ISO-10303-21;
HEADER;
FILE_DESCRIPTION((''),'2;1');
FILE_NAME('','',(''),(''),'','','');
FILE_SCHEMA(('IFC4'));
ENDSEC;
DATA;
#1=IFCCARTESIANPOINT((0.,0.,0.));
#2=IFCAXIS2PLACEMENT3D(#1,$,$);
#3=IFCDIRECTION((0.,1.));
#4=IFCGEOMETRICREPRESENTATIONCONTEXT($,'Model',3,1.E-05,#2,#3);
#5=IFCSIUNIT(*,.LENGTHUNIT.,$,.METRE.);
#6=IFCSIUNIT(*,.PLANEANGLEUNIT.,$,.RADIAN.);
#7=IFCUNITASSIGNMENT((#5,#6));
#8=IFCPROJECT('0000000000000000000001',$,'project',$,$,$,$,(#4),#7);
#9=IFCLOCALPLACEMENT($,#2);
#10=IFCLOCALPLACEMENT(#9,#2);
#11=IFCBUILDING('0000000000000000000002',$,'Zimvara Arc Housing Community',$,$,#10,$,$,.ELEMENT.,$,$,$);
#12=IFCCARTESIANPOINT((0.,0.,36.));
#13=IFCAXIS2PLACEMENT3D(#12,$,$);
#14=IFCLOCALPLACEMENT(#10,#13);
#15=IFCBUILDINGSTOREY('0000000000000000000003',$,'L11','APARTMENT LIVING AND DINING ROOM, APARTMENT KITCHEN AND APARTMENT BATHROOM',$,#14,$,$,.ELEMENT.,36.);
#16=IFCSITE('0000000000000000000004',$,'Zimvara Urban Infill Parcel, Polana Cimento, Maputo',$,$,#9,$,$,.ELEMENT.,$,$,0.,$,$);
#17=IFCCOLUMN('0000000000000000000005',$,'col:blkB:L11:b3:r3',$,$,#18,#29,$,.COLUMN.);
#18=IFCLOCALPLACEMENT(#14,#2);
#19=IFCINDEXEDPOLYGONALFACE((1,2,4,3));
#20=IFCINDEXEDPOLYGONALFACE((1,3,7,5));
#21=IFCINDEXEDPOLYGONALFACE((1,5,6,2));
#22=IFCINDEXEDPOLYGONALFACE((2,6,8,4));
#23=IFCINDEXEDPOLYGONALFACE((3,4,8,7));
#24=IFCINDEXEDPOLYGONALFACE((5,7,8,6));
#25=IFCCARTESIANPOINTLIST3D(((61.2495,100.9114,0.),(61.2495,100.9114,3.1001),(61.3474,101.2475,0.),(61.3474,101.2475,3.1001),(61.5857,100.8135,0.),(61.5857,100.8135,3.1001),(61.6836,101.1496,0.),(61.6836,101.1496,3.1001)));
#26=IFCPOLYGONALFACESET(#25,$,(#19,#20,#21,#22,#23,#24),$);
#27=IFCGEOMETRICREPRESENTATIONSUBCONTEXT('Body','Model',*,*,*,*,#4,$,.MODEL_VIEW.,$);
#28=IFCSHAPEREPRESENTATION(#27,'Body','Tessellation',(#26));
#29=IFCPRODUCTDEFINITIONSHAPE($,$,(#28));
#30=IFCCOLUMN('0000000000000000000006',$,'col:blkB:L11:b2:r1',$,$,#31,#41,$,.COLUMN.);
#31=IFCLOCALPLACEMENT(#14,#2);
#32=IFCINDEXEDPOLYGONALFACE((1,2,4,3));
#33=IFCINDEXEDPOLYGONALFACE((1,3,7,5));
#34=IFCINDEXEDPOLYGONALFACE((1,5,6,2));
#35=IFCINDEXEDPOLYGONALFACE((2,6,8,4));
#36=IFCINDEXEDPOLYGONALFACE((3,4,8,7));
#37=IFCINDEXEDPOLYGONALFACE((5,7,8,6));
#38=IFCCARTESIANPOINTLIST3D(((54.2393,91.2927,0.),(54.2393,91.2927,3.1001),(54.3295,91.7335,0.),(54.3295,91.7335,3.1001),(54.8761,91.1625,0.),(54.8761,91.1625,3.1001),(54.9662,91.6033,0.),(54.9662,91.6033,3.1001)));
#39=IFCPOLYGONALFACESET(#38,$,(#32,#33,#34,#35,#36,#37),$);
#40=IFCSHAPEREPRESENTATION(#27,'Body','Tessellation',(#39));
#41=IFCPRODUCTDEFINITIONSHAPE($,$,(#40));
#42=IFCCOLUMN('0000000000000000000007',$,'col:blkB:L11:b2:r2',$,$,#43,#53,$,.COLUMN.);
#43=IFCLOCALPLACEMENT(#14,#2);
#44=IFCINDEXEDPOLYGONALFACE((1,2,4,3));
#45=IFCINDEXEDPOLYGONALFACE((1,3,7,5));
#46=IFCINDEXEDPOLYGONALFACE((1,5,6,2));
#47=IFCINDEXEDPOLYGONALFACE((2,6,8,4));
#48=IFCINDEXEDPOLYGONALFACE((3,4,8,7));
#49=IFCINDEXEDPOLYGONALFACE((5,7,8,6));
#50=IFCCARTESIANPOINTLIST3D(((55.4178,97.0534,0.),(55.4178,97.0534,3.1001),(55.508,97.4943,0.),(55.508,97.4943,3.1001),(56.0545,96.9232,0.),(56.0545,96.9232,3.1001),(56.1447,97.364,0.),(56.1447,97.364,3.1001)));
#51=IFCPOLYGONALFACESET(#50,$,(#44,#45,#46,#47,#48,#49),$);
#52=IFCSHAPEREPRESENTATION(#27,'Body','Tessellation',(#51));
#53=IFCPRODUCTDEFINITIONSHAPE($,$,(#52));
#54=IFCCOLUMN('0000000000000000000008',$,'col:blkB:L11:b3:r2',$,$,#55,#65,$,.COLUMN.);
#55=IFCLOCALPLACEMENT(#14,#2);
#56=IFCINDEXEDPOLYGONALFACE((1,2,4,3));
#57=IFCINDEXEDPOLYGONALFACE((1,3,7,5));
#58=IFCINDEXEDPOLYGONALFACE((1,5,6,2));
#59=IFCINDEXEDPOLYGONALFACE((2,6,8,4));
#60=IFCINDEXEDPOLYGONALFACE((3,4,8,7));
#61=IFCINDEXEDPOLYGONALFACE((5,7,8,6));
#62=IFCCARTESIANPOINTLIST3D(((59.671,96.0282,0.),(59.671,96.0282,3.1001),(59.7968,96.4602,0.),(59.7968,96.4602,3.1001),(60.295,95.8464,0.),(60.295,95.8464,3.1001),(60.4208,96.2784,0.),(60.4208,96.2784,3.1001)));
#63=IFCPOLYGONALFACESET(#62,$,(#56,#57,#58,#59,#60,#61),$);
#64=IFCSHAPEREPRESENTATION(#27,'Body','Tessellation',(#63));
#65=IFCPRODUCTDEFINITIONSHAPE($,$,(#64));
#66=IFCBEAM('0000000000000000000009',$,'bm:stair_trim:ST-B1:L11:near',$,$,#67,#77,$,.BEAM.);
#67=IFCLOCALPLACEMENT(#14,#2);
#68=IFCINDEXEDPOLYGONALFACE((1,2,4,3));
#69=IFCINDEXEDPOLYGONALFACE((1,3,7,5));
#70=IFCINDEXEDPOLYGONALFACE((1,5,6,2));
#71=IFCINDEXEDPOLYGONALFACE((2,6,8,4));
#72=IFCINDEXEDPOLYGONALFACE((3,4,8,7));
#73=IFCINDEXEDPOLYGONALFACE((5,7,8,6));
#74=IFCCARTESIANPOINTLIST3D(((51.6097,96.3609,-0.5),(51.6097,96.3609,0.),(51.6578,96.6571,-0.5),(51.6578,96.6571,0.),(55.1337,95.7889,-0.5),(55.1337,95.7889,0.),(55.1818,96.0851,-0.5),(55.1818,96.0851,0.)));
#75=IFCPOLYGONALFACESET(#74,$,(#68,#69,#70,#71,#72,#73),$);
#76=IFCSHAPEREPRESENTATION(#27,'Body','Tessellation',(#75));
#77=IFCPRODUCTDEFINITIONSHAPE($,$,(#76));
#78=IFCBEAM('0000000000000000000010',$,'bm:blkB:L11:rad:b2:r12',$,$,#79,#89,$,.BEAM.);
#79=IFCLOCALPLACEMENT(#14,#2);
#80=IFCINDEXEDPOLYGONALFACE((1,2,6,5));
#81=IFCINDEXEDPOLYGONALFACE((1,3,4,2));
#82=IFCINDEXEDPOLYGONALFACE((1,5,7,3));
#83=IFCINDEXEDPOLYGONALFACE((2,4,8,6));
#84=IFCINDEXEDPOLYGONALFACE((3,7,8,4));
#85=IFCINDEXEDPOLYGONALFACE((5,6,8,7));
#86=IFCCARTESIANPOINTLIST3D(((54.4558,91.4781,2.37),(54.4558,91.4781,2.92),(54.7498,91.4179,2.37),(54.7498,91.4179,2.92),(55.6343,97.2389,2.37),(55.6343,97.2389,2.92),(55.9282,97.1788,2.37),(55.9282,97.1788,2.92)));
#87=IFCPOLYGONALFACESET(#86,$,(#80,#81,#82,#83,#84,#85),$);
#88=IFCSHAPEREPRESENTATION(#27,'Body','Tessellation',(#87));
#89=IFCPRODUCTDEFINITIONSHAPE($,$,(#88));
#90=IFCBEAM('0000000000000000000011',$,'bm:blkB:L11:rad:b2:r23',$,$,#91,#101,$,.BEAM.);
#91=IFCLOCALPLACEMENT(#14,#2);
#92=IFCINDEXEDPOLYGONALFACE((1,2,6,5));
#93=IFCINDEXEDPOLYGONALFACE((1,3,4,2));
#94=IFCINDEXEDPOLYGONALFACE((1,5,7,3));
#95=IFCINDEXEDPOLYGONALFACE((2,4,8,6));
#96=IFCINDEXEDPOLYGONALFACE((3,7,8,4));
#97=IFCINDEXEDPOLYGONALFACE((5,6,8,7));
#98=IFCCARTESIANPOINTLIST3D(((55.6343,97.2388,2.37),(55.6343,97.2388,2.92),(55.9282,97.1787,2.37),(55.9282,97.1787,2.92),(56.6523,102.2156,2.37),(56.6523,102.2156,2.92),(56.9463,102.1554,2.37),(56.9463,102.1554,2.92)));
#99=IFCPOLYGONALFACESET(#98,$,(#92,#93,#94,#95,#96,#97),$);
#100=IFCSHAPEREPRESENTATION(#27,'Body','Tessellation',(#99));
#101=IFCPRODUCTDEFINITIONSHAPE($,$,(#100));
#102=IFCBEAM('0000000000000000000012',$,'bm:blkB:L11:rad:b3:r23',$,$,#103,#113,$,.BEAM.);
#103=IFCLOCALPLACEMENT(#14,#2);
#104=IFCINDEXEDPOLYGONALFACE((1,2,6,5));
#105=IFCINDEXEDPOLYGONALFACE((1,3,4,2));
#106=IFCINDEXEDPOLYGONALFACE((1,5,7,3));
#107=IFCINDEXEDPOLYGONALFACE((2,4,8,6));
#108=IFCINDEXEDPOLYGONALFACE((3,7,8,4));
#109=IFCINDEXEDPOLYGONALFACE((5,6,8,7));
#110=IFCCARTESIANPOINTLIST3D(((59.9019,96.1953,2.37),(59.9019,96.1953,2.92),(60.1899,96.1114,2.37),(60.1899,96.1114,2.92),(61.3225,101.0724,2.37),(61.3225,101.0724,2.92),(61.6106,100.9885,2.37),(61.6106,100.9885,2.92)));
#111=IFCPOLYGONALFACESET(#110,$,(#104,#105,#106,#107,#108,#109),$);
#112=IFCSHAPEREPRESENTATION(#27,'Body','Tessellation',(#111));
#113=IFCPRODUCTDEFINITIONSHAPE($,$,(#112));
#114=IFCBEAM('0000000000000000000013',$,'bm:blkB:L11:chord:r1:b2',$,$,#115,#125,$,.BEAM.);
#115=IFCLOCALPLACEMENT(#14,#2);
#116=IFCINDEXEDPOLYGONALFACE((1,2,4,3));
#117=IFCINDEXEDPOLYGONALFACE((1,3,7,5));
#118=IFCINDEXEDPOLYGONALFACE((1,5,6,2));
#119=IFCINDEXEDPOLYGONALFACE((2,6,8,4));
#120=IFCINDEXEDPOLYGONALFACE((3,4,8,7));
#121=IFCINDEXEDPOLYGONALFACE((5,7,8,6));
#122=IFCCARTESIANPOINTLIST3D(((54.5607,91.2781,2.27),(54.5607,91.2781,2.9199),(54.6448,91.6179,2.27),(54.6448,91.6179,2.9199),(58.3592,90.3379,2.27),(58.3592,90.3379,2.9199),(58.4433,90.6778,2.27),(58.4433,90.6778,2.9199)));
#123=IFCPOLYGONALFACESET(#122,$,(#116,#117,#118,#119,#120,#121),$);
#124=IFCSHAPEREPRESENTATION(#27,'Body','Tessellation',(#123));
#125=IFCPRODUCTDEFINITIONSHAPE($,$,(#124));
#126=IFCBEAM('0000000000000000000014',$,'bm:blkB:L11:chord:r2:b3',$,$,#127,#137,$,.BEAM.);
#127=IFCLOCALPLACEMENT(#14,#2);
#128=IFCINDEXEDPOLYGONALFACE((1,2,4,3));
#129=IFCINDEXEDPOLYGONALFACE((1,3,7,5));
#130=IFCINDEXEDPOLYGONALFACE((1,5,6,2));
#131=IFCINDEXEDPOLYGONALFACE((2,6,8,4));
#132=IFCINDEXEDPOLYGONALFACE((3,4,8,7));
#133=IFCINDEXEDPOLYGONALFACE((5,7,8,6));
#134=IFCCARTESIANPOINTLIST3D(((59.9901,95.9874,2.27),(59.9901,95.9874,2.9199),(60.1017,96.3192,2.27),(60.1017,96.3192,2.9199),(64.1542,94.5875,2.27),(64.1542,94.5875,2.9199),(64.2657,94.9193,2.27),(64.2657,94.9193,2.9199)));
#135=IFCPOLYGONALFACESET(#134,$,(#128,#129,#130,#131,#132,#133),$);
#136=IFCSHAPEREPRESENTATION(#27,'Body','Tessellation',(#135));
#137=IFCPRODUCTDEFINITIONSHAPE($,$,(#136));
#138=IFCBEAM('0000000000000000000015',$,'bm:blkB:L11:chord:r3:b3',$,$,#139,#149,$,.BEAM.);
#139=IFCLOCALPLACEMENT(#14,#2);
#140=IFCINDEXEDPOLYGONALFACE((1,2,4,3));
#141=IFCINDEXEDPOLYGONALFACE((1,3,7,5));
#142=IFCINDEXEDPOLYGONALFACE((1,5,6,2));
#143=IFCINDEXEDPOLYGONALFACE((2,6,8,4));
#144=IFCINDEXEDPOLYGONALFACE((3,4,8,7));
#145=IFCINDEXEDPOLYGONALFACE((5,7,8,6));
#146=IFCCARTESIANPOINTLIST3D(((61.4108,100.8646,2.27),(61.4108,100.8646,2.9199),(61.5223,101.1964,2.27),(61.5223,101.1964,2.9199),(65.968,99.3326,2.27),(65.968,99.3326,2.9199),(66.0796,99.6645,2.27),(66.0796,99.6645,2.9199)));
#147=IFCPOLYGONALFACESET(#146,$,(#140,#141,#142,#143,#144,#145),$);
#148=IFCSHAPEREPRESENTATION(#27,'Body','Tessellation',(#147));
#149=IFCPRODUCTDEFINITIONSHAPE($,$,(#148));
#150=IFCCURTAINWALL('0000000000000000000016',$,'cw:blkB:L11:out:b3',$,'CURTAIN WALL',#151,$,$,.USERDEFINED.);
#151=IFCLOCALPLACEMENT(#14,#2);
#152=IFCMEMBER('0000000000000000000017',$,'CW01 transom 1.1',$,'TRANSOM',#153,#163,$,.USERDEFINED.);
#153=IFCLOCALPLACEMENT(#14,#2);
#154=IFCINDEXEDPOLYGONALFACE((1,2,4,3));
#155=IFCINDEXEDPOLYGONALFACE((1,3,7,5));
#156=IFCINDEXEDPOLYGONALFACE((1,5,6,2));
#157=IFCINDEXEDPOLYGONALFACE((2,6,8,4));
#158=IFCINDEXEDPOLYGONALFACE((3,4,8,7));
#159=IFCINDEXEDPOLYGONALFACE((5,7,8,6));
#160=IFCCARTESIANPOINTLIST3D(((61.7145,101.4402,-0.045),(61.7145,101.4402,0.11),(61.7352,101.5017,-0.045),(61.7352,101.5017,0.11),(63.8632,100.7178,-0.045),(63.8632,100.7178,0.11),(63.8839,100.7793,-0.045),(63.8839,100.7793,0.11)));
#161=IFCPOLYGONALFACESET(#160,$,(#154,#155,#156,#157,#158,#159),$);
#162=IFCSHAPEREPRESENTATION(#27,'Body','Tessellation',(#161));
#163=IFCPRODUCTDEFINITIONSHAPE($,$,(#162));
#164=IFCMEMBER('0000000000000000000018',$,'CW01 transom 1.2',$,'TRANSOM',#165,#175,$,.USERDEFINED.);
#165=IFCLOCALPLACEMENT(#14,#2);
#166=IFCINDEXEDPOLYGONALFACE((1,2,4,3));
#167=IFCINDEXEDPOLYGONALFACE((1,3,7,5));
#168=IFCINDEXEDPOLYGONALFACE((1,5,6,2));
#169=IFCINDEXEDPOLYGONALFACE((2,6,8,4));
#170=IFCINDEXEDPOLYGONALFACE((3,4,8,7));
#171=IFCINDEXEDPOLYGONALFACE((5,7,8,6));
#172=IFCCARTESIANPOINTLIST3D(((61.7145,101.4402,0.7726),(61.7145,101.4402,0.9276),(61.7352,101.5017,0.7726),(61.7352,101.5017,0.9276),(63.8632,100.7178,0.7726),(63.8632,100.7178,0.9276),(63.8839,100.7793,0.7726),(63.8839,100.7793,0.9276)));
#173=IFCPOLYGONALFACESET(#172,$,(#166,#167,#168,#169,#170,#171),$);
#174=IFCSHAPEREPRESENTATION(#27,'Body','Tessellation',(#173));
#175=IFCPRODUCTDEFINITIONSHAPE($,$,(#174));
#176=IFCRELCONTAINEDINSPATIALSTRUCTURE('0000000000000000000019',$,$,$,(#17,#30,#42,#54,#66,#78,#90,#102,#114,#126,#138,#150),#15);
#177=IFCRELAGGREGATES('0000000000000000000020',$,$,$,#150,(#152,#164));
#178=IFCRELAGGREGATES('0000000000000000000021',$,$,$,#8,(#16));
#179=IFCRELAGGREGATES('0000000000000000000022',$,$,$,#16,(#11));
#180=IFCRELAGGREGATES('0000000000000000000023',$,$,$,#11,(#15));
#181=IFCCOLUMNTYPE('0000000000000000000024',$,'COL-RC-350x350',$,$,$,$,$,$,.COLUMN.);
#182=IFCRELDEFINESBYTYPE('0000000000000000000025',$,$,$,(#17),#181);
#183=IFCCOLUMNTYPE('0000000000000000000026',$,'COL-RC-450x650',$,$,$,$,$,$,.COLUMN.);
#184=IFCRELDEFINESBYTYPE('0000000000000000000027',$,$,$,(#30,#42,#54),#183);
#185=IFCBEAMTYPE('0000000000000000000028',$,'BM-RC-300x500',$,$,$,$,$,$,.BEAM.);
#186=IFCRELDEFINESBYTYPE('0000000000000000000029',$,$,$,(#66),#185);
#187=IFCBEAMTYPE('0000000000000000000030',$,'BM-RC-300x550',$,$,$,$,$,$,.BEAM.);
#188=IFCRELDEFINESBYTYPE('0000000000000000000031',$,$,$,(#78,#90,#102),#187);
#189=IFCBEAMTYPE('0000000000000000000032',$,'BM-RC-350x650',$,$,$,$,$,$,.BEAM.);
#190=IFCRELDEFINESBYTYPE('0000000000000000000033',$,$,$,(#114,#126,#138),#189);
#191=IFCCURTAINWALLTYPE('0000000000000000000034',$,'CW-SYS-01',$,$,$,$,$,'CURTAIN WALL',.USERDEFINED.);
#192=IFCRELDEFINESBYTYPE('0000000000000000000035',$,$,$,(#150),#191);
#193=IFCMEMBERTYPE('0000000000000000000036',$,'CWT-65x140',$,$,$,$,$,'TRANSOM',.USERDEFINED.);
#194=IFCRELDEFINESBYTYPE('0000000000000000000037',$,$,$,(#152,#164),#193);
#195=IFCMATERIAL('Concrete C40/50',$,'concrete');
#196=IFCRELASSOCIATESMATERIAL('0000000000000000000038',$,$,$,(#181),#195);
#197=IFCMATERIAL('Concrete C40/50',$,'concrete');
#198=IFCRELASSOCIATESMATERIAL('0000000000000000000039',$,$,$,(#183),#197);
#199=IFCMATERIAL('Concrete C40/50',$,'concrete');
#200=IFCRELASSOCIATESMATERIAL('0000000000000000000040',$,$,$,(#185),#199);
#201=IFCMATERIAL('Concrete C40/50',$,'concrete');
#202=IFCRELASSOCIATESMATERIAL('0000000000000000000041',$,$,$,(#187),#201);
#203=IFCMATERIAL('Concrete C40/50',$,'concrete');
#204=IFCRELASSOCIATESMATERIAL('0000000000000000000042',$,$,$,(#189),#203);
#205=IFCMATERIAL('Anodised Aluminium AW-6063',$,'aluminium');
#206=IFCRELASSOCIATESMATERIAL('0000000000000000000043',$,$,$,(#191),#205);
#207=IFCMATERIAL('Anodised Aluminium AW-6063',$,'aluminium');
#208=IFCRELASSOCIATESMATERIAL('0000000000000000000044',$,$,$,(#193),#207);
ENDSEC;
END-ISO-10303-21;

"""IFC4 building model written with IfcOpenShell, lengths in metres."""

from ifc_helpers import new_model, si_unit, direction, frame, origin, origin_2d, place, context, subcontext, project, spatial, rectangle, extrude, material, material_profile, profile_set, type_object, element, aggregate, save


model = new_model("IFC4")

# Units and contexts
model_context = context("Model", 3, precision=1e-05, world=origin(), true_north=direction((0.0, 1.0)))
body_context = subcontext(model_context, "Body", "Model", "MODEL_VIEW")
ifc_project = project(units=[si_unit("LENGTHUNIT", "METRE"), si_unit("PLANEANGLEUNIT", "RADIAN")], contexts=[model_context])

# Site, building, storey
site_placement = place(None, origin())
site = spatial("IfcSite", under=ifc_project, at=site_placement, Name="Zimvara Urban Infill Parcel, Polana Cimento, Maputo", CompositionType="ELEMENT", RefElevation=0.0)
building_placement = place(site_placement, origin())
building = spatial("IfcBuilding", under=site, at=building_placement, Name="Zimvara Arc Housing Community", CompositionType="ELEMENT")
storey_placement = place(building_placement, frame((0.0, 0.0, 36.0)))
storey = spatial("IfcBuildingStorey", under=building, at=storey_placement, Name="L11", Description="APARTMENT LIVING AND DINING ROOM, APARTMENT KITCHEN AND APARTMENT BATHROOM", CompositionType="ELEMENT", Elevation=36.0)

# Columns
ifc_material_1 = material(Name="Concrete C40/50", Category="concrete")
ifc_material_profile_1 = material_profile(ifc_material_1, rectangle(XDim=0.3501, YDim=0.3501, at=origin_2d()), Name="RC 350x350")
ifc_profile_set_1 = profile_set([ifc_material_profile_1], Name="Concrete C40/50")
column_type_1 = type_object("IfcColumnType", Name="COL-RC-350x350", PredefinedType="COLUMN", material=ifc_profile_set_1)
column_placement = place(storey_placement, frame((61.4666, 101.0305, 0.0), z_axis=(0.0, 0.0, 1.0), x_axis=(0.279661, 0.960099, 0.0)))
element("IfcColumn", 1, at=column_placement, inside=storey, type_object=column_type_1, Name="col:blkB:L11:b3:r3", PredefinedType="COLUMN", context=body_context, shape_type="SweptSolid", body=[
    extrude(rectangle(XDim=0.3501, YDim=0.3501, at=origin_2d()), origin(), (0.0, 0.0, 1.0), 3.1001),
])
ifc_material_2 = material(Name="Concrete C40/50", Category="concrete")
ifc_material_profile_2 = material_profile(ifc_material_2, rectangle(XDim=0.45, YDim=0.6499, at=origin_2d()), Name="RC 450x650")
ifc_profile_set_2 = profile_set([ifc_material_profile_2], Name="Concrete C40/50")
column_type_2 = type_object("IfcColumnType", Name="COL-RC-450x650", PredefinedType="COLUMN", material=ifc_profile_set_2)
for number, where, z_axis, x_axis, name in (
    (2, (54.6028, 91.448, 0.0), (0.0, 0.0, 1.0), (0.200394, 0.979715, 0.0), "col:blkB:L11:b2:r1"),
    (3, (55.7812, 97.2087, 0.0), (0.0, 0.0, 1.0), (0.200394, 0.979715, 0.0), "col:blkB:L11:b2:r2"),
    (4, (60.0459, 96.1533, 0.0), (0.0, 0.0, 1.0), (0.279661, 0.960099, 0.0), "col:blkB:L11:b3:r2"),
):
    element("IfcColumn", number, at=place(storey_placement, frame(where, z_axis=z_axis, x_axis=x_axis)), inside=storey, type_object=column_type_2, Name=name, PredefinedType="COLUMN", context=body_context, shape_type="SweptSolid", body=[
        extrude(rectangle(XDim=0.45, YDim=0.6499, at=origin_2d()), origin(), (0.0, 0.0, 1.0), 3.1001),
    ])

# Beams
ifc_material_3 = material(Name="Concrete C40/50", Category="concrete")
ifc_material_profile_3 = material_profile(ifc_material_3, rectangle(XDim=0.3, YDim=0.5, at=origin_2d()), Name="RC 300x500")
ifc_profile_set_3 = profile_set([ifc_material_profile_3], Name="Concrete C40/50")
beam_type_1 = type_object("IfcBeamType", Name="BM-RC-300x500", PredefinedType="BEAM", material=ifc_profile_set_3)
beam_1_placement = place(storey_placement, frame((55.1577, 95.937, -0.25), z_axis=(-0.98708, 0.160228, 0.0), x_axis=(-0.160228, -0.98708, 0.0)))
element("IfcBeam", 5, at=beam_1_placement, inside=storey, type_object=beam_type_1, Name="bm:stair_trim:ST-B1:L11:near", PredefinedType="BEAM", context=body_context, shape_type="SweptSolid", body=[
    extrude(rectangle(XDim=0.3, YDim=0.5, at=origin_2d()), origin(), (0.0, 0.0, 1.0), 3.5701),
])
ifc_material_4 = material(Name="Concrete C40/50", Category="concrete")
ifc_material_profile_4 = material_profile(ifc_material_4, rectangle(XDim=0.3, YDim=0.55, at=origin_2d()), Name="RC 300x550")
ifc_profile_set_4 = profile_set([ifc_material_profile_4], Name="Concrete C40/50")
beam_type_2 = type_object("IfcBeamType", Name="BM-RC-300x550", PredefinedType="BEAM", material=ifc_profile_set_4)
beam_2_placement = place(storey_placement, frame((54.6028, 91.448, 2.645), z_axis=(0.200418, 0.97971, 0.0), x_axis=(-0.97971, 0.200418, 0.0)))
element("IfcBeam", 6, at=beam_2_placement, inside=storey, type_object=beam_type_2, Name="bm:blkB:L11:rad:b2:r12", PredefinedType="BEAM", context=body_context, shape_type="SweptSolid", body=[
    extrude(rectangle(XDim=0.3, YDim=0.55, at=origin_2d()), origin(), (0.0, 0.0, 1.0), 5.8801),
])
for number, where, z_axis, x_axis, name in (
    (7, (55.7812, 97.2087, 2.645), (0.200412, 0.979712, 0.0), (-0.979712, 0.200412, 0.0), "bm:blkB:L11:rad:b2:r23"),
    (8, (60.0459, 96.1533, 2.645), (0.279662, 0.960098, 0.0), (-0.960098, 0.279662, 0.0), "bm:blkB:L11:rad:b3:r23"),
):
    element("IfcBeam", number, at=place(storey_placement, frame(where, z_axis=z_axis, x_axis=x_axis)), inside=storey, type_object=beam_type_2, Name=name, PredefinedType="BEAM", context=body_context, shape_type="SweptSolid", body=[
        extrude(rectangle(XDim=0.3, YDim=0.55, at=origin_2d()), origin(), (0.0, 0.0, 1.0), 5.0798),
    ])
ifc_material_5 = material(Name="Concrete C40/50", Category="concrete")
ifc_material_profile_5 = material_profile(ifc_material_5, rectangle(XDim=0.3501, YDim=0.6499, at=origin_2d()), Name="RC 350x650")
ifc_profile_set_5 = profile_set([ifc_material_profile_5], Name="Concrete C40/50")
beam_type_3 = type_object("IfcBeamType", Name="BM-RC-350x650", PredefinedType="BEAM", material=ifc_profile_set_5)
beam_3_placement = place(storey_placement, frame((54.6028, 91.448, 2.595), z_axis=(0.970709, -0.24026, 0.0), x_axis=(0.24026, 0.970709, 0.0)))
element("IfcBeam", 9, at=beam_3_placement, inside=storey, type_object=beam_type_3, Name="bm:blkB:L11:chord:r1:b2", PredefinedType="BEAM", context=body_context, shape_type="SweptSolid", body=[
    extrude(rectangle(XDim=0.3501, YDim=0.6499, at=origin_2d()), origin(), (0.0, 0.0, 1.0), 3.9131),
])
beam_4_placement = place(storey_placement, frame((60.0459, 96.1533, 2.595), z_axis=(0.947869, -0.318661, 0.0), x_axis=(0.318661, 0.947869, 0.0)))
element("IfcBeam", 10, at=beam_4_placement, inside=storey, type_object=beam_type_3, Name="bm:blkB:L11:chord:r2:b3", PredefinedType="BEAM", context=body_context, shape_type="SweptSolid", body=[
    extrude(rectangle(XDim=0.3501, YDim=0.6499, at=origin_2d()), origin(), (0.0, 0.0, 1.0), 4.3931),
])
beam_5_placement = place(storey_placement, frame((61.4666, 101.0305, 2.595), z_axis=(0.947878, -0.318634, 0.0), x_axis=(0.318634, 0.947878, 0.0)))
element("IfcBeam", 11, at=beam_5_placement, inside=storey, type_object=beam_type_3, Name="bm:blkB:L11:chord:r3:b3", PredefinedType="BEAM", context=body_context, shape_type="SweptSolid", body=[
    extrude(rectangle(XDim=0.3501, YDim=0.6499, at=origin_2d()), origin(), (0.0, 0.0, 1.0), 4.8079),
])

# Curtain wall, members
ifc_material_6 = material(Name="Anodised Aluminium AW-6063", Category="aluminium")
curtain_wall_type = type_object("IfcCurtainWallType", Name="CW-SYS-01", ElementType="CURTAIN WALL", PredefinedType="USERDEFINED", material=ifc_material_6)
curtain_wall_placement = place(storey_placement, origin())
curtain_wall = element("IfcCurtainWall", 12, at=curtain_wall_placement, inside=storey, type_object=curtain_wall_type, Name="cw:blkB:L11:out:b3", ObjectType="CURTAIN WALL", PredefinedType="USERDEFINED")
ifc_material_7 = material(Name="Anodised Aluminium AW-6063", Category="aluminium")
ifc_material_profile_6 = material_profile(ifc_material_7, rectangle(XDim=0.0649, YDim=0.155, at=origin_2d()), Name="ALU 65x155")
ifc_profile_set_6 = profile_set([ifc_material_profile_6], Name="Anodised Aluminium AW-6063")
member_type = type_object("IfcMemberType", Name="CWT-65x140", ElementType="TRANSOM", PredefinedType="USERDEFINED", material=ifc_profile_set_6)
member_1_placement = place(storey_placement, frame((61.7249, 101.4709, 0.0325), z_axis=(0.947862, -0.318682, 0.0), x_axis=(0.318682, 0.947862, 0.0)))
member_1 = element("IfcMember", 13, at=member_1_placement, type_object=member_type, Name="CW01 transom 1.1", ObjectType="TRANSOM", PredefinedType="USERDEFINED", context=body_context, shape_type="SweptSolid", body=[
    extrude(rectangle(XDim=0.0649, YDim=0.155, at=origin_2d()), origin(), (0.0, 0.0, 1.0), 2.2668),
])
member_2_placement = place(storey_placement, frame((61.7249, 101.4709, 0.8501), z_axis=(0.947862, -0.318682, 0.0), x_axis=(0.318682, 0.947862, 0.0)))
member_2 = element("IfcMember", 14, at=member_2_placement, type_object=member_type, Name="CW01 transom 1.2", ObjectType="TRANSOM", PredefinedType="USERDEFINED", context=body_context, shape_type="SweptSolid", body=[
    extrude(rectangle(XDim=0.0649, YDim=0.155, at=origin_2d()), origin(), (0.0, 0.0, 1.0), 2.2668),
])
aggregate(curtain_wall, [member_1, member_2])

save(model, "model.ifc")
